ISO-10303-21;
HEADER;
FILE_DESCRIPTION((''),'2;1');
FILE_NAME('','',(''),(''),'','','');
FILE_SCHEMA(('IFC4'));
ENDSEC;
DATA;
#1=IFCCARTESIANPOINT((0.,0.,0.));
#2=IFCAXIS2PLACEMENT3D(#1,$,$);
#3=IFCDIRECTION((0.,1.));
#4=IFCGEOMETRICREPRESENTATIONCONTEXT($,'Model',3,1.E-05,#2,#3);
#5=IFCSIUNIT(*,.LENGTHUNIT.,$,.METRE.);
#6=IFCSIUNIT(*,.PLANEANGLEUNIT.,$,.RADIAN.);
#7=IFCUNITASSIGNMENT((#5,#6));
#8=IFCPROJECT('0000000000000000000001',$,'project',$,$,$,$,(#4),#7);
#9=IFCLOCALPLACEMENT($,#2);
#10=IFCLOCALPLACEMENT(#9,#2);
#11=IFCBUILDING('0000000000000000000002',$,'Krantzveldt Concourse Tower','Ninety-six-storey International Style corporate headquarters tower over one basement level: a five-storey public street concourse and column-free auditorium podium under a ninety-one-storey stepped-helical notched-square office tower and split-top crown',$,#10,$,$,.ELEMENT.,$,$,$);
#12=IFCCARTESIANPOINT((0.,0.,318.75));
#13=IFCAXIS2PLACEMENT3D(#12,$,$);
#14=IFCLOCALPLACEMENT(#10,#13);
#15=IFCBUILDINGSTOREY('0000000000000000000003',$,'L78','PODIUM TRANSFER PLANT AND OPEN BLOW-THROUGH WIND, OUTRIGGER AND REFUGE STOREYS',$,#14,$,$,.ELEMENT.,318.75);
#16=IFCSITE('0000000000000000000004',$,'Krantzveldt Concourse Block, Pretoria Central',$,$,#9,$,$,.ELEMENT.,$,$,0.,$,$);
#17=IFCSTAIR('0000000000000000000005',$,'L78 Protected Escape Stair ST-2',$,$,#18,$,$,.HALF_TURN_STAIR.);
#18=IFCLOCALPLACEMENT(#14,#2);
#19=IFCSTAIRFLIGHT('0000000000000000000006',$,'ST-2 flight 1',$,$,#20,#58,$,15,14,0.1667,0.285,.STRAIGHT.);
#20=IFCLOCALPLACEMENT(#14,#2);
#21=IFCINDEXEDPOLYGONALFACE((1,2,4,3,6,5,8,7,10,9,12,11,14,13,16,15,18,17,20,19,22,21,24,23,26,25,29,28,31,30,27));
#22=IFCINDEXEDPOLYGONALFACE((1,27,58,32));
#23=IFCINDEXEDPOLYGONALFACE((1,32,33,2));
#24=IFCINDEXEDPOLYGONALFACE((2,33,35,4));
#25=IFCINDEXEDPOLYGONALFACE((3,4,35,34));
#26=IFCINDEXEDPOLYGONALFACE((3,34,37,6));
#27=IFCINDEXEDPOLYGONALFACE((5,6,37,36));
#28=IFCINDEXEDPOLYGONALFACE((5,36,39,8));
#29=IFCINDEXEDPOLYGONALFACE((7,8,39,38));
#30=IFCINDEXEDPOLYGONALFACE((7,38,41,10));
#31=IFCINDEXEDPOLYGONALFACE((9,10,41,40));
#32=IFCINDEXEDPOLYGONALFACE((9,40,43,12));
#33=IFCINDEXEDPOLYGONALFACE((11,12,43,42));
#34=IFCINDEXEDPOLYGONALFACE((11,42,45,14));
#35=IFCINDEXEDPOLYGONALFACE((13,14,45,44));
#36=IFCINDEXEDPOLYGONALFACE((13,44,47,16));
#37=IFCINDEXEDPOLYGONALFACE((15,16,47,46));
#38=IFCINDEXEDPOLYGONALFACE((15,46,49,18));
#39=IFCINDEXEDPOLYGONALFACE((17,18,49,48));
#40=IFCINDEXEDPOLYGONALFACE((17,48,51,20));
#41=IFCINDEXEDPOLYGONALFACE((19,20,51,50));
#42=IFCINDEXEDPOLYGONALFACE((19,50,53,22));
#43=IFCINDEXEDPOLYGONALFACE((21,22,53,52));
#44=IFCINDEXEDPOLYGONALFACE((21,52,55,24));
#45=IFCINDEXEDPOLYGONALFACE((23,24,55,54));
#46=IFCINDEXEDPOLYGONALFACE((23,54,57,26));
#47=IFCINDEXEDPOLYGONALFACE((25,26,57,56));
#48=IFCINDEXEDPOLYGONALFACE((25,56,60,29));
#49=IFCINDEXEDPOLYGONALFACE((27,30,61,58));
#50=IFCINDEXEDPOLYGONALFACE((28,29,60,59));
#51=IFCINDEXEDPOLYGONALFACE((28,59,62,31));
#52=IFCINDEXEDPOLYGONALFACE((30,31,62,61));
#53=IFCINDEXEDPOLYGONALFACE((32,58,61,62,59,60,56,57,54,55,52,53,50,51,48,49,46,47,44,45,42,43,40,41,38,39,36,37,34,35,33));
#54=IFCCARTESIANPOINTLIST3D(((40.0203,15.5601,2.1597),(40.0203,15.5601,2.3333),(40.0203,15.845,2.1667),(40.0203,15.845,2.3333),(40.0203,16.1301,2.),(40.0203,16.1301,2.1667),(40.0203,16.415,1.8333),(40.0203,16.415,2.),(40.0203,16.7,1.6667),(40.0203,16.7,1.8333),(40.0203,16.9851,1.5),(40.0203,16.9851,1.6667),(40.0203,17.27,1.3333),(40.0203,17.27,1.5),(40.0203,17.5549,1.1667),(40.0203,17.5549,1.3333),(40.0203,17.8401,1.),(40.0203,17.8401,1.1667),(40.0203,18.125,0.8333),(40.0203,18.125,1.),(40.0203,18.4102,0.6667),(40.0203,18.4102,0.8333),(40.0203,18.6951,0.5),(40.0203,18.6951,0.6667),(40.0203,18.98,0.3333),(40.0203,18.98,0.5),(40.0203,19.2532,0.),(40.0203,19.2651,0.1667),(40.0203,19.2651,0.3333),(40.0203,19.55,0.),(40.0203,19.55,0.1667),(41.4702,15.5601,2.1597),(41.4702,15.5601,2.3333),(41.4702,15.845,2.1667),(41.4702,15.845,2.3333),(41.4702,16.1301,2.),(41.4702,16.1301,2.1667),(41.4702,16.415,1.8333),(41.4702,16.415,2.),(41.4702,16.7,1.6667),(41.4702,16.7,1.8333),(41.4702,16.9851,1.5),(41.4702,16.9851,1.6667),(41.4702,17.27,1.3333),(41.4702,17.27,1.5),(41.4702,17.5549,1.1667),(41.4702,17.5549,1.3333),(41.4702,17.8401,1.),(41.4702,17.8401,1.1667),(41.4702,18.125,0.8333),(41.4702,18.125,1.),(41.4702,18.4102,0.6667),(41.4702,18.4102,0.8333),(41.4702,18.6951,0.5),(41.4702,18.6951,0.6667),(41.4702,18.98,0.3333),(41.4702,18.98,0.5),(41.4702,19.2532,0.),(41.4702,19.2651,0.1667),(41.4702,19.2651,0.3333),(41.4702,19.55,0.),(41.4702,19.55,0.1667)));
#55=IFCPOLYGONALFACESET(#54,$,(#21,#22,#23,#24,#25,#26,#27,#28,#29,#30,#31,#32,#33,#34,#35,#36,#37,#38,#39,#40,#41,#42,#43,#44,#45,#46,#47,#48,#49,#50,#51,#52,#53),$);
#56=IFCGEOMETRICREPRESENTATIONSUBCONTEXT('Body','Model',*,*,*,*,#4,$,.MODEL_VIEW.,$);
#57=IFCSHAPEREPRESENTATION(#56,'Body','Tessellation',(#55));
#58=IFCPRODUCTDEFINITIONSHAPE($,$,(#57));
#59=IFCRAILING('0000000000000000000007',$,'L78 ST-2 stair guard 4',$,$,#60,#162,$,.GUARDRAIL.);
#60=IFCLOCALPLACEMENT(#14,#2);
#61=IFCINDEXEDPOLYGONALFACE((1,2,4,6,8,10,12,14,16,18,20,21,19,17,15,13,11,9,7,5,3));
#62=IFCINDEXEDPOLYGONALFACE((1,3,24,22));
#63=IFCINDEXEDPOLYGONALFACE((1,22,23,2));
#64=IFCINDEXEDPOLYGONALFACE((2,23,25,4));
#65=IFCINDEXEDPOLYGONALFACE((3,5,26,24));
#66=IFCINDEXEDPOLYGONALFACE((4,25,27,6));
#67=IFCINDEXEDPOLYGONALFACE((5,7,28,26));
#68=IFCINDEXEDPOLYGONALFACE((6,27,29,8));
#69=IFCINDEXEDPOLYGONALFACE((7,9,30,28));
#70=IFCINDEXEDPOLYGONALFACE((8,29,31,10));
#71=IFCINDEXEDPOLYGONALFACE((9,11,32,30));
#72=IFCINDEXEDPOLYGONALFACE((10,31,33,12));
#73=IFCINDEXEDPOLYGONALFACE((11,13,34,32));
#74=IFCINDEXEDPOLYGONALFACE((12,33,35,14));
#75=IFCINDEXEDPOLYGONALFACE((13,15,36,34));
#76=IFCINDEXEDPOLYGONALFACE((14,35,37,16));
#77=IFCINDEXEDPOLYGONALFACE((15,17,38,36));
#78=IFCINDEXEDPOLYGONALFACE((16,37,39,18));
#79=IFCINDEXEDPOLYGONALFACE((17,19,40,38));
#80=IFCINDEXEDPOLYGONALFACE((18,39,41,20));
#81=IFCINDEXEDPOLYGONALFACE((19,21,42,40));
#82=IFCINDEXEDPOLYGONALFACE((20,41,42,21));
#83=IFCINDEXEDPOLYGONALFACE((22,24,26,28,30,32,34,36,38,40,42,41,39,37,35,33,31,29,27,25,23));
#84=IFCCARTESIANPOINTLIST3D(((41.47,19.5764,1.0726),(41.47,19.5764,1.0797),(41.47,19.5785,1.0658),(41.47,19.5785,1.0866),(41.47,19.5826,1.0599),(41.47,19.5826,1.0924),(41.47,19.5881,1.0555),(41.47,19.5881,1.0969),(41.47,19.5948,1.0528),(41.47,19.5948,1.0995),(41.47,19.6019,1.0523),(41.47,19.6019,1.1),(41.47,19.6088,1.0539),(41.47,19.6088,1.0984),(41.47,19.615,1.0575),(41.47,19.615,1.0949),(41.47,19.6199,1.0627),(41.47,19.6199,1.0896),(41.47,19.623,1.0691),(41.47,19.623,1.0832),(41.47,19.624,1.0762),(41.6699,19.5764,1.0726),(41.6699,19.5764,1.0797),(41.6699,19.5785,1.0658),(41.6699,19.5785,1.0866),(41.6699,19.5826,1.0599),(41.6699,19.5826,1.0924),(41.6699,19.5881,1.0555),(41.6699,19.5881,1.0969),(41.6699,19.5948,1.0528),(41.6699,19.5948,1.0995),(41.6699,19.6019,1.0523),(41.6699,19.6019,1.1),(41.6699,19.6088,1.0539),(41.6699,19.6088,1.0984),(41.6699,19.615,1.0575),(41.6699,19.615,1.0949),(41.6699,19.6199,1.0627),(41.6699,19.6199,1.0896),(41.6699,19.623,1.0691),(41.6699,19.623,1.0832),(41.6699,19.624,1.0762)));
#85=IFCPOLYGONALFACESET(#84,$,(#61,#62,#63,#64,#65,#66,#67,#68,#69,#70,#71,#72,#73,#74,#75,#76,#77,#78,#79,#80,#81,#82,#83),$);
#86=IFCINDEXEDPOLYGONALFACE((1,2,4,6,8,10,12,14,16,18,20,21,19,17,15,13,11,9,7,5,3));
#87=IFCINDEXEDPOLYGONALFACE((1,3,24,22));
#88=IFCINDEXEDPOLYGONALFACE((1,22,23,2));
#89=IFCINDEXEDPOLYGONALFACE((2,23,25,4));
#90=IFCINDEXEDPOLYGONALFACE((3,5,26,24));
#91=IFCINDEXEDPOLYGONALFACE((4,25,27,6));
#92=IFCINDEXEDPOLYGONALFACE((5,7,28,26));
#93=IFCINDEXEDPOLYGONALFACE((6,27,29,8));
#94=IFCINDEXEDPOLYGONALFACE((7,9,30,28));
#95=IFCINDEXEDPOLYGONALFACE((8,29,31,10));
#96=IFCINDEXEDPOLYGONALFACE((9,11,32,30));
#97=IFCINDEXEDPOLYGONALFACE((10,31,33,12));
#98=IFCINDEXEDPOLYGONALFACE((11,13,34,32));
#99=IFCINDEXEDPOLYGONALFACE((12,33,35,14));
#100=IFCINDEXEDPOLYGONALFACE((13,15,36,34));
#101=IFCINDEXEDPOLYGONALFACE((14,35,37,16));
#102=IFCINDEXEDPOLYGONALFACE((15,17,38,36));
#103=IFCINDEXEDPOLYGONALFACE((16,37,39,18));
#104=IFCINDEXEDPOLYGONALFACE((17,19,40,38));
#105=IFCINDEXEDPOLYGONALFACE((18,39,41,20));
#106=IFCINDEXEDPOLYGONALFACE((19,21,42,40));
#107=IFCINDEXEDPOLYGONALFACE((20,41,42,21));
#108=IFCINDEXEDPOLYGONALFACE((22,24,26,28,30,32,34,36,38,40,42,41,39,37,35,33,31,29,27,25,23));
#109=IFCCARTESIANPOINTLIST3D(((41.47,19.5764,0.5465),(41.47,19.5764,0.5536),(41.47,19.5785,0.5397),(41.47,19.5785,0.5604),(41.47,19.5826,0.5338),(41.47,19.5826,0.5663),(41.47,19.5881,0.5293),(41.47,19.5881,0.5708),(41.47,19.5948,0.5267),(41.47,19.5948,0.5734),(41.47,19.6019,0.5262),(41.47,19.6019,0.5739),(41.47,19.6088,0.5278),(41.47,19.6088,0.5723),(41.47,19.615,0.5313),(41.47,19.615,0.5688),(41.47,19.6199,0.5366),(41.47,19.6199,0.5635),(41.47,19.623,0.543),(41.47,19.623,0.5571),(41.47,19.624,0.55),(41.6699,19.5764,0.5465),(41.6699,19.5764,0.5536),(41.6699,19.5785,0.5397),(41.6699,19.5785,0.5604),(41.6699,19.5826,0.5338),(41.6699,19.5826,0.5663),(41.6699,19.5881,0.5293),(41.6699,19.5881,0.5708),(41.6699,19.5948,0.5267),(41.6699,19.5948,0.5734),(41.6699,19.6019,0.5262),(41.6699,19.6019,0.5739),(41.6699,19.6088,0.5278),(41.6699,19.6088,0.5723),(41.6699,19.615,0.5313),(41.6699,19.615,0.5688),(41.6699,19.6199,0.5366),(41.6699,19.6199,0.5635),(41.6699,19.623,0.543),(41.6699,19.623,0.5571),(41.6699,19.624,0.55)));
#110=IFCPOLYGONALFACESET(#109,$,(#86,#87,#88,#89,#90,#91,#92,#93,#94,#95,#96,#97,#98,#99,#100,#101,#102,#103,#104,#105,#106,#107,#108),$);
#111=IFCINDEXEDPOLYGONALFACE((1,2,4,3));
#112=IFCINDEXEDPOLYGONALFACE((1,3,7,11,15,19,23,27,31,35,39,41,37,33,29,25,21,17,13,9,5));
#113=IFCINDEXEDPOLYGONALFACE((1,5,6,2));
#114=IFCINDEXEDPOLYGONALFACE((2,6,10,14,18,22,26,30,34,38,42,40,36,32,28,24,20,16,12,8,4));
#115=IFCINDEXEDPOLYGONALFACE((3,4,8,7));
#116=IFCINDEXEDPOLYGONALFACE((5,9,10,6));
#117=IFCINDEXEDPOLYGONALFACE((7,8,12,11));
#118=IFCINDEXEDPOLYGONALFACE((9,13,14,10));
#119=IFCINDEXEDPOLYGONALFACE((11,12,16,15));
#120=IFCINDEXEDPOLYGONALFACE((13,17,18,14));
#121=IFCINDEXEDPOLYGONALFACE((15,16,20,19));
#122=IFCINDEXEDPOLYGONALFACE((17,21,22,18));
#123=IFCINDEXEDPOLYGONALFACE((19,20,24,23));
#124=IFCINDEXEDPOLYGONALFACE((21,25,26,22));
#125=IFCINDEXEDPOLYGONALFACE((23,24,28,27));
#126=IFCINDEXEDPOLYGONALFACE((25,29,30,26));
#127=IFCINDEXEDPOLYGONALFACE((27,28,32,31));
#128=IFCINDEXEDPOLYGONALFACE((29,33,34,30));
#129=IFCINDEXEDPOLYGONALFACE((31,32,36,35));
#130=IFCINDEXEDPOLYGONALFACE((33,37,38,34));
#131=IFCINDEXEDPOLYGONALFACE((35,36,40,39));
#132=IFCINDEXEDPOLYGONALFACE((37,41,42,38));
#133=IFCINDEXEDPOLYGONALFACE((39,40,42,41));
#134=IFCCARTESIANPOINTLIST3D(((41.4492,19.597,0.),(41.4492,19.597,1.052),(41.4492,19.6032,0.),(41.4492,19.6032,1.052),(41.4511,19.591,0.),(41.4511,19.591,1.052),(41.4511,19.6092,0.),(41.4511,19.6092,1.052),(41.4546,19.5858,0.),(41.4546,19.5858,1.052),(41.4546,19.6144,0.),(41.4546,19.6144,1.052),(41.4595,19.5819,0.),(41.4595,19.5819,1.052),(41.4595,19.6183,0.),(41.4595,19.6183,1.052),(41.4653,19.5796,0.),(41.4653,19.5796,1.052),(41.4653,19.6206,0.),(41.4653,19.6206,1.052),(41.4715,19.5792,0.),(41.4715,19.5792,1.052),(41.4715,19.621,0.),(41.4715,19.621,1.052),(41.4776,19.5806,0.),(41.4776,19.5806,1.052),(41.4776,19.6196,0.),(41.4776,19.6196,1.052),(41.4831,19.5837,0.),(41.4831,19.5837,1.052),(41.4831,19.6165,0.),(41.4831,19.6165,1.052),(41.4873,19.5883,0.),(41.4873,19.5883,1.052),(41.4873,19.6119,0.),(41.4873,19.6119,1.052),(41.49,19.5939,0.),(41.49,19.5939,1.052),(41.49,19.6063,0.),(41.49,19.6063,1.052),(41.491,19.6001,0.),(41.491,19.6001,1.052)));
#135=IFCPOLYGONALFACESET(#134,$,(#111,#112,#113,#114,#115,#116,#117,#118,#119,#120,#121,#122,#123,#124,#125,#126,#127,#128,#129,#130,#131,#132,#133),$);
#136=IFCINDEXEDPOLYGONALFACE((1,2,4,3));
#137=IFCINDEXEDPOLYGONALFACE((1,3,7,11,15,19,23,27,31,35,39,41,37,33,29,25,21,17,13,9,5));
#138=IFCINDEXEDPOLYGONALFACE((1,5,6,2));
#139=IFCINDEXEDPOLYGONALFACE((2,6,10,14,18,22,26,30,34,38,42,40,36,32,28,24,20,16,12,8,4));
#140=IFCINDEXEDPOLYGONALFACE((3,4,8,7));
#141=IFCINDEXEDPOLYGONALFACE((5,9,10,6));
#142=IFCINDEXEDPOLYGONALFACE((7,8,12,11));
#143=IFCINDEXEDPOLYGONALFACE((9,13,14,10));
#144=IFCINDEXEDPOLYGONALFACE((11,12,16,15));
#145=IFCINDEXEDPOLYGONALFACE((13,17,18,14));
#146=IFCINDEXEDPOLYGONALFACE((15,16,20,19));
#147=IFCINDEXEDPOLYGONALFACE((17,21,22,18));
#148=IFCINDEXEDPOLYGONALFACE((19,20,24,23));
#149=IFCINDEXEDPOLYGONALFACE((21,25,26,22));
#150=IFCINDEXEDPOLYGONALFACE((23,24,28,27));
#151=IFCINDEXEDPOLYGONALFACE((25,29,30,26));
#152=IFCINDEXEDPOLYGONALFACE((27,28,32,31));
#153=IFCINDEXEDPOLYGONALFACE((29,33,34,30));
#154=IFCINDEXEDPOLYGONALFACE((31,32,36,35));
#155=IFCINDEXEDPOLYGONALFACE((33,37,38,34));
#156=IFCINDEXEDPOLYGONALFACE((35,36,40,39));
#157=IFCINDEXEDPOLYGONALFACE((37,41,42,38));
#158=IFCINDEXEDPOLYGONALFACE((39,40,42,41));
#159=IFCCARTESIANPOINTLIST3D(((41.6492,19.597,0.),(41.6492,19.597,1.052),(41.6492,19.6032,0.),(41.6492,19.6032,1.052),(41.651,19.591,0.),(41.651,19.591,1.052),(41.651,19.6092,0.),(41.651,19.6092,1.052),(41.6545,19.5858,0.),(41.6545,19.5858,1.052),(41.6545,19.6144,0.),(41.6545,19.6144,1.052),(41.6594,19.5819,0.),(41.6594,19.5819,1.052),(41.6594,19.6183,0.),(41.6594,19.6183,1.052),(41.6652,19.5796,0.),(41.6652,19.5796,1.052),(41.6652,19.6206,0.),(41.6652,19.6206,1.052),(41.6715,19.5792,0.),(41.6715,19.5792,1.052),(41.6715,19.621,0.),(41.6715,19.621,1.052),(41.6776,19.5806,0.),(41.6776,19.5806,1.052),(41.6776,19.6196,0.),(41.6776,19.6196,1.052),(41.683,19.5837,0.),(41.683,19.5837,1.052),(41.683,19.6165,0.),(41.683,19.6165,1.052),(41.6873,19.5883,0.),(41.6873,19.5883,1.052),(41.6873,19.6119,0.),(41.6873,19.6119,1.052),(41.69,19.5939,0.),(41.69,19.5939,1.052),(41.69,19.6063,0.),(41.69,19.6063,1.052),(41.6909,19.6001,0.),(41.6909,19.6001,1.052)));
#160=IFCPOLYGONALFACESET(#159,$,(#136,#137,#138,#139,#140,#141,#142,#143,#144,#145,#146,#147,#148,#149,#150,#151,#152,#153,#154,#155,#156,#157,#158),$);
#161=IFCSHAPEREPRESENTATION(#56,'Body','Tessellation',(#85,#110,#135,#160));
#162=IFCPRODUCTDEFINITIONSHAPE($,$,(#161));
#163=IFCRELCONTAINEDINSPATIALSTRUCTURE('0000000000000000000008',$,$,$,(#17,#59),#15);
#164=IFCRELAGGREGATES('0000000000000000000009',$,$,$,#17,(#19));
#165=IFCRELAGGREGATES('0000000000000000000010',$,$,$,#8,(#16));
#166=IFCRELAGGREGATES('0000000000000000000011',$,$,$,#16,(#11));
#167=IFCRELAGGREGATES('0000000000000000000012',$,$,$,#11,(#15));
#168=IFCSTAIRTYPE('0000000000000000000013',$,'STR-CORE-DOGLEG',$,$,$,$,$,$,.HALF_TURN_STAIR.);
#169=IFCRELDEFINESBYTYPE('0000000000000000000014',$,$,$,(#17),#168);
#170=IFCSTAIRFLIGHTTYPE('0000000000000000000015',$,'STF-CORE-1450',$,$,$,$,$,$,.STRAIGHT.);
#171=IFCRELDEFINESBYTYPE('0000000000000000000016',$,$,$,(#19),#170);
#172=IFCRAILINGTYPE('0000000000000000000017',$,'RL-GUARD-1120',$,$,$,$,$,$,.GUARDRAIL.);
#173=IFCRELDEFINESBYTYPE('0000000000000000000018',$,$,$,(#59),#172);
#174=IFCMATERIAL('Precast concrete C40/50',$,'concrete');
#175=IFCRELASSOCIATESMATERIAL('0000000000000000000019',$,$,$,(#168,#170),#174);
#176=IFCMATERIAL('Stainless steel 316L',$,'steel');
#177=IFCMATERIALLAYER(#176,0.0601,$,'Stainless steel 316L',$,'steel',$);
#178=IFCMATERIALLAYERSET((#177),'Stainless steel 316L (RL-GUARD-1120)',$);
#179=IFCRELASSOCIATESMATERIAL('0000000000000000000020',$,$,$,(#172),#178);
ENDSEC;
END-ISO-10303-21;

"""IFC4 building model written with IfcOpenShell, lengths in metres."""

from ifc_helpers import new_model, si_unit, direction, frame, origin, origin_2d, place, context, subcontext, project, spatial, polyline, circle, outline, extrude, material, layer, layer_set, type_object, element, aggregate, save


model = new_model("IFC4")

# Units and contexts
model_context = context("Model", 3, precision=1e-05, world=origin(), true_north=direction((0.0, 1.0)))
body_context = subcontext(model_context, "Body", "Model", "MODEL_VIEW")
ifc_project = project(units=[si_unit("LENGTHUNIT", "METRE"), si_unit("PLANEANGLEUNIT", "RADIAN")], contexts=[model_context])

# Site, building, storey
site_placement = place(None, origin())
site = spatial("IfcSite", under=ifc_project, at=site_placement, Name="Krantzveldt Concourse Block, Pretoria Central", CompositionType="ELEMENT", RefElevation=0.0)
building_placement = place(site_placement, origin())
building = spatial("IfcBuilding", under=site, at=building_placement, Name="Krantzveldt Concourse Tower", Description="Ninety-six-storey International Style corporate headquarters tower over one basement level: a five-storey public street concourse and column-free auditorium podium under a ninety-one-storey stepped-helical notched-square office tower and split-top crown", CompositionType="ELEMENT")
storey_placement = place(building_placement, frame((0.0, 0.0, 318.75)))
storey = spatial("IfcBuildingStorey", under=building, at=storey_placement, Name="L78", Description="PODIUM TRANSFER PLANT AND OPEN BLOW-THROUGH WIND, OUTRIGGER AND REFUGE STOREYS", CompositionType="ELEMENT", Elevation=318.75)

# Shared definitions
ifc_material_1 = material(Name="Stainless steel 316L", Category="steel")

# Stair, stair flight
ifc_material_2 = material(Name="Precast concrete C40/50", Category="concrete")
stair_type = type_object("IfcStairType", Name="STR-CORE-DOGLEG", PredefinedType="HALF_TURN_STAIR", material=ifc_material_2)
stair_placement = place(storey_placement, origin())
stair = element("IfcStair", 1, at=stair_placement, inside=storey, type_object=stair_type, Name="L78 Protected Escape Stair ST-2", PredefinedType="HALF_TURN_STAIR")
stair_flight_type = type_object("IfcStairFlightType", Name="STF-CORE-1450", PredefinedType="STRAIGHT", material=ifc_material_2)
stair_flight_placement = place(storey_placement, frame((40.7451, 19.55, 0.0), z_axis=(0.0, 0.0, 1.0), x_axis=(0.0, -1.0, 0.0)))
stair_flight = element("IfcStairFlight", 2, at=stair_flight_placement, type_object=stair_flight_type, Name="ST-2 flight 1", NumberOfRisers=15, NumberOfTreads=14, PredefinedType="STRAIGHT", RiserHeight=0.1667, TreadLength=0.285, context=body_context, shape_type="SweptSolid", body=[
    extrude(outline(polyline([(0.0, 0.0), (0.0, 0.1667), (0.2849, 0.1667), (0.2849, 0.3333), (0.5701, 0.3333), (0.5701, 0.5), (0.855, 0.5), (0.855, 0.6667), (1.1399, 0.6667), (1.1399, 0.8333), (1.425, 0.8333), (1.425, 1.0), (1.71, 1.0), (1.71, 1.1667), (1.9951, 1.1667), (1.9951, 1.3333), (2.28, 1.3333), (2.28, 1.5), (2.5649, 1.5), (2.5649, 1.6667), (2.8501, 1.6667), (2.8501, 1.8333), (3.135, 1.8333), (3.135, 2.0), (3.4199, 2.0), (3.4199, 2.1667), (3.7051, 2.1667), (3.7051, 2.3333), (3.99, 2.3333), (3.99, 2.5), (3.99, 2.1597), (0.2969, 0.0), (0.0, 0.0)])), frame((0.0, 0.7251, 0.0), z_axis=(0.0, -1.0, 0.0), x_axis=(1.0, 0.0, 0.0)), (0.0, 0.0, 1.0), 1.45),
])
aggregate(stair, [stair_flight])

# Railing
ifc_layer_1 = layer(ifc_material_1, 0.0601, Name="Stainless steel 316L", Category="steel")
ifc_layer_set_1 = layer_set([ifc_layer_1], Name="Stainless steel 316L (RL-GUARD-1120)")
railing_type_1 = type_object("IfcRailingType", Name="RL-GUARD-1120", PredefinedType="GUARDRAIL", material=ifc_layer_set_1)
railing_1_placement = place(storey_placement, frame((41.47, 19.6001, 0.0)))
element("IfcRailing", 3, at=railing_1_placement, inside=storey, type_object=railing_type_1, Name="L78 ST-2 stair guard 4", PredefinedType="GUARDRAIL", context=body_context, shape_type="SweptSolid", body=[
    extrude(circle(Radius=0.0239, at=origin_2d()), frame((0.0, 0.0, 1.0762), z_axis=(1.0, 0.0, 0.0), x_axis=(0.0, 1.0, 0.0)), (0.0, 0.0, 1.0), 0.2),
    extrude(circle(Radius=0.0239, at=origin_2d()), frame((0.0, 0.0, 0.55), z_axis=(1.0, 0.0, 0.0), x_axis=(0.0, 1.0, 0.0)), (0.0, 0.0, 1.0), 0.2),
    extrude(circle(Radius=0.021, at=origin_2d()), origin(), (0.0, 0.0, 1.0), 1.052),
    extrude(circle(Radius=0.021, at=origin_2d()), frame((0.2, 0.0, 0.0)), (0.0, 0.0, 1.0), 1.052),
])

save(model, "model.ifc")
